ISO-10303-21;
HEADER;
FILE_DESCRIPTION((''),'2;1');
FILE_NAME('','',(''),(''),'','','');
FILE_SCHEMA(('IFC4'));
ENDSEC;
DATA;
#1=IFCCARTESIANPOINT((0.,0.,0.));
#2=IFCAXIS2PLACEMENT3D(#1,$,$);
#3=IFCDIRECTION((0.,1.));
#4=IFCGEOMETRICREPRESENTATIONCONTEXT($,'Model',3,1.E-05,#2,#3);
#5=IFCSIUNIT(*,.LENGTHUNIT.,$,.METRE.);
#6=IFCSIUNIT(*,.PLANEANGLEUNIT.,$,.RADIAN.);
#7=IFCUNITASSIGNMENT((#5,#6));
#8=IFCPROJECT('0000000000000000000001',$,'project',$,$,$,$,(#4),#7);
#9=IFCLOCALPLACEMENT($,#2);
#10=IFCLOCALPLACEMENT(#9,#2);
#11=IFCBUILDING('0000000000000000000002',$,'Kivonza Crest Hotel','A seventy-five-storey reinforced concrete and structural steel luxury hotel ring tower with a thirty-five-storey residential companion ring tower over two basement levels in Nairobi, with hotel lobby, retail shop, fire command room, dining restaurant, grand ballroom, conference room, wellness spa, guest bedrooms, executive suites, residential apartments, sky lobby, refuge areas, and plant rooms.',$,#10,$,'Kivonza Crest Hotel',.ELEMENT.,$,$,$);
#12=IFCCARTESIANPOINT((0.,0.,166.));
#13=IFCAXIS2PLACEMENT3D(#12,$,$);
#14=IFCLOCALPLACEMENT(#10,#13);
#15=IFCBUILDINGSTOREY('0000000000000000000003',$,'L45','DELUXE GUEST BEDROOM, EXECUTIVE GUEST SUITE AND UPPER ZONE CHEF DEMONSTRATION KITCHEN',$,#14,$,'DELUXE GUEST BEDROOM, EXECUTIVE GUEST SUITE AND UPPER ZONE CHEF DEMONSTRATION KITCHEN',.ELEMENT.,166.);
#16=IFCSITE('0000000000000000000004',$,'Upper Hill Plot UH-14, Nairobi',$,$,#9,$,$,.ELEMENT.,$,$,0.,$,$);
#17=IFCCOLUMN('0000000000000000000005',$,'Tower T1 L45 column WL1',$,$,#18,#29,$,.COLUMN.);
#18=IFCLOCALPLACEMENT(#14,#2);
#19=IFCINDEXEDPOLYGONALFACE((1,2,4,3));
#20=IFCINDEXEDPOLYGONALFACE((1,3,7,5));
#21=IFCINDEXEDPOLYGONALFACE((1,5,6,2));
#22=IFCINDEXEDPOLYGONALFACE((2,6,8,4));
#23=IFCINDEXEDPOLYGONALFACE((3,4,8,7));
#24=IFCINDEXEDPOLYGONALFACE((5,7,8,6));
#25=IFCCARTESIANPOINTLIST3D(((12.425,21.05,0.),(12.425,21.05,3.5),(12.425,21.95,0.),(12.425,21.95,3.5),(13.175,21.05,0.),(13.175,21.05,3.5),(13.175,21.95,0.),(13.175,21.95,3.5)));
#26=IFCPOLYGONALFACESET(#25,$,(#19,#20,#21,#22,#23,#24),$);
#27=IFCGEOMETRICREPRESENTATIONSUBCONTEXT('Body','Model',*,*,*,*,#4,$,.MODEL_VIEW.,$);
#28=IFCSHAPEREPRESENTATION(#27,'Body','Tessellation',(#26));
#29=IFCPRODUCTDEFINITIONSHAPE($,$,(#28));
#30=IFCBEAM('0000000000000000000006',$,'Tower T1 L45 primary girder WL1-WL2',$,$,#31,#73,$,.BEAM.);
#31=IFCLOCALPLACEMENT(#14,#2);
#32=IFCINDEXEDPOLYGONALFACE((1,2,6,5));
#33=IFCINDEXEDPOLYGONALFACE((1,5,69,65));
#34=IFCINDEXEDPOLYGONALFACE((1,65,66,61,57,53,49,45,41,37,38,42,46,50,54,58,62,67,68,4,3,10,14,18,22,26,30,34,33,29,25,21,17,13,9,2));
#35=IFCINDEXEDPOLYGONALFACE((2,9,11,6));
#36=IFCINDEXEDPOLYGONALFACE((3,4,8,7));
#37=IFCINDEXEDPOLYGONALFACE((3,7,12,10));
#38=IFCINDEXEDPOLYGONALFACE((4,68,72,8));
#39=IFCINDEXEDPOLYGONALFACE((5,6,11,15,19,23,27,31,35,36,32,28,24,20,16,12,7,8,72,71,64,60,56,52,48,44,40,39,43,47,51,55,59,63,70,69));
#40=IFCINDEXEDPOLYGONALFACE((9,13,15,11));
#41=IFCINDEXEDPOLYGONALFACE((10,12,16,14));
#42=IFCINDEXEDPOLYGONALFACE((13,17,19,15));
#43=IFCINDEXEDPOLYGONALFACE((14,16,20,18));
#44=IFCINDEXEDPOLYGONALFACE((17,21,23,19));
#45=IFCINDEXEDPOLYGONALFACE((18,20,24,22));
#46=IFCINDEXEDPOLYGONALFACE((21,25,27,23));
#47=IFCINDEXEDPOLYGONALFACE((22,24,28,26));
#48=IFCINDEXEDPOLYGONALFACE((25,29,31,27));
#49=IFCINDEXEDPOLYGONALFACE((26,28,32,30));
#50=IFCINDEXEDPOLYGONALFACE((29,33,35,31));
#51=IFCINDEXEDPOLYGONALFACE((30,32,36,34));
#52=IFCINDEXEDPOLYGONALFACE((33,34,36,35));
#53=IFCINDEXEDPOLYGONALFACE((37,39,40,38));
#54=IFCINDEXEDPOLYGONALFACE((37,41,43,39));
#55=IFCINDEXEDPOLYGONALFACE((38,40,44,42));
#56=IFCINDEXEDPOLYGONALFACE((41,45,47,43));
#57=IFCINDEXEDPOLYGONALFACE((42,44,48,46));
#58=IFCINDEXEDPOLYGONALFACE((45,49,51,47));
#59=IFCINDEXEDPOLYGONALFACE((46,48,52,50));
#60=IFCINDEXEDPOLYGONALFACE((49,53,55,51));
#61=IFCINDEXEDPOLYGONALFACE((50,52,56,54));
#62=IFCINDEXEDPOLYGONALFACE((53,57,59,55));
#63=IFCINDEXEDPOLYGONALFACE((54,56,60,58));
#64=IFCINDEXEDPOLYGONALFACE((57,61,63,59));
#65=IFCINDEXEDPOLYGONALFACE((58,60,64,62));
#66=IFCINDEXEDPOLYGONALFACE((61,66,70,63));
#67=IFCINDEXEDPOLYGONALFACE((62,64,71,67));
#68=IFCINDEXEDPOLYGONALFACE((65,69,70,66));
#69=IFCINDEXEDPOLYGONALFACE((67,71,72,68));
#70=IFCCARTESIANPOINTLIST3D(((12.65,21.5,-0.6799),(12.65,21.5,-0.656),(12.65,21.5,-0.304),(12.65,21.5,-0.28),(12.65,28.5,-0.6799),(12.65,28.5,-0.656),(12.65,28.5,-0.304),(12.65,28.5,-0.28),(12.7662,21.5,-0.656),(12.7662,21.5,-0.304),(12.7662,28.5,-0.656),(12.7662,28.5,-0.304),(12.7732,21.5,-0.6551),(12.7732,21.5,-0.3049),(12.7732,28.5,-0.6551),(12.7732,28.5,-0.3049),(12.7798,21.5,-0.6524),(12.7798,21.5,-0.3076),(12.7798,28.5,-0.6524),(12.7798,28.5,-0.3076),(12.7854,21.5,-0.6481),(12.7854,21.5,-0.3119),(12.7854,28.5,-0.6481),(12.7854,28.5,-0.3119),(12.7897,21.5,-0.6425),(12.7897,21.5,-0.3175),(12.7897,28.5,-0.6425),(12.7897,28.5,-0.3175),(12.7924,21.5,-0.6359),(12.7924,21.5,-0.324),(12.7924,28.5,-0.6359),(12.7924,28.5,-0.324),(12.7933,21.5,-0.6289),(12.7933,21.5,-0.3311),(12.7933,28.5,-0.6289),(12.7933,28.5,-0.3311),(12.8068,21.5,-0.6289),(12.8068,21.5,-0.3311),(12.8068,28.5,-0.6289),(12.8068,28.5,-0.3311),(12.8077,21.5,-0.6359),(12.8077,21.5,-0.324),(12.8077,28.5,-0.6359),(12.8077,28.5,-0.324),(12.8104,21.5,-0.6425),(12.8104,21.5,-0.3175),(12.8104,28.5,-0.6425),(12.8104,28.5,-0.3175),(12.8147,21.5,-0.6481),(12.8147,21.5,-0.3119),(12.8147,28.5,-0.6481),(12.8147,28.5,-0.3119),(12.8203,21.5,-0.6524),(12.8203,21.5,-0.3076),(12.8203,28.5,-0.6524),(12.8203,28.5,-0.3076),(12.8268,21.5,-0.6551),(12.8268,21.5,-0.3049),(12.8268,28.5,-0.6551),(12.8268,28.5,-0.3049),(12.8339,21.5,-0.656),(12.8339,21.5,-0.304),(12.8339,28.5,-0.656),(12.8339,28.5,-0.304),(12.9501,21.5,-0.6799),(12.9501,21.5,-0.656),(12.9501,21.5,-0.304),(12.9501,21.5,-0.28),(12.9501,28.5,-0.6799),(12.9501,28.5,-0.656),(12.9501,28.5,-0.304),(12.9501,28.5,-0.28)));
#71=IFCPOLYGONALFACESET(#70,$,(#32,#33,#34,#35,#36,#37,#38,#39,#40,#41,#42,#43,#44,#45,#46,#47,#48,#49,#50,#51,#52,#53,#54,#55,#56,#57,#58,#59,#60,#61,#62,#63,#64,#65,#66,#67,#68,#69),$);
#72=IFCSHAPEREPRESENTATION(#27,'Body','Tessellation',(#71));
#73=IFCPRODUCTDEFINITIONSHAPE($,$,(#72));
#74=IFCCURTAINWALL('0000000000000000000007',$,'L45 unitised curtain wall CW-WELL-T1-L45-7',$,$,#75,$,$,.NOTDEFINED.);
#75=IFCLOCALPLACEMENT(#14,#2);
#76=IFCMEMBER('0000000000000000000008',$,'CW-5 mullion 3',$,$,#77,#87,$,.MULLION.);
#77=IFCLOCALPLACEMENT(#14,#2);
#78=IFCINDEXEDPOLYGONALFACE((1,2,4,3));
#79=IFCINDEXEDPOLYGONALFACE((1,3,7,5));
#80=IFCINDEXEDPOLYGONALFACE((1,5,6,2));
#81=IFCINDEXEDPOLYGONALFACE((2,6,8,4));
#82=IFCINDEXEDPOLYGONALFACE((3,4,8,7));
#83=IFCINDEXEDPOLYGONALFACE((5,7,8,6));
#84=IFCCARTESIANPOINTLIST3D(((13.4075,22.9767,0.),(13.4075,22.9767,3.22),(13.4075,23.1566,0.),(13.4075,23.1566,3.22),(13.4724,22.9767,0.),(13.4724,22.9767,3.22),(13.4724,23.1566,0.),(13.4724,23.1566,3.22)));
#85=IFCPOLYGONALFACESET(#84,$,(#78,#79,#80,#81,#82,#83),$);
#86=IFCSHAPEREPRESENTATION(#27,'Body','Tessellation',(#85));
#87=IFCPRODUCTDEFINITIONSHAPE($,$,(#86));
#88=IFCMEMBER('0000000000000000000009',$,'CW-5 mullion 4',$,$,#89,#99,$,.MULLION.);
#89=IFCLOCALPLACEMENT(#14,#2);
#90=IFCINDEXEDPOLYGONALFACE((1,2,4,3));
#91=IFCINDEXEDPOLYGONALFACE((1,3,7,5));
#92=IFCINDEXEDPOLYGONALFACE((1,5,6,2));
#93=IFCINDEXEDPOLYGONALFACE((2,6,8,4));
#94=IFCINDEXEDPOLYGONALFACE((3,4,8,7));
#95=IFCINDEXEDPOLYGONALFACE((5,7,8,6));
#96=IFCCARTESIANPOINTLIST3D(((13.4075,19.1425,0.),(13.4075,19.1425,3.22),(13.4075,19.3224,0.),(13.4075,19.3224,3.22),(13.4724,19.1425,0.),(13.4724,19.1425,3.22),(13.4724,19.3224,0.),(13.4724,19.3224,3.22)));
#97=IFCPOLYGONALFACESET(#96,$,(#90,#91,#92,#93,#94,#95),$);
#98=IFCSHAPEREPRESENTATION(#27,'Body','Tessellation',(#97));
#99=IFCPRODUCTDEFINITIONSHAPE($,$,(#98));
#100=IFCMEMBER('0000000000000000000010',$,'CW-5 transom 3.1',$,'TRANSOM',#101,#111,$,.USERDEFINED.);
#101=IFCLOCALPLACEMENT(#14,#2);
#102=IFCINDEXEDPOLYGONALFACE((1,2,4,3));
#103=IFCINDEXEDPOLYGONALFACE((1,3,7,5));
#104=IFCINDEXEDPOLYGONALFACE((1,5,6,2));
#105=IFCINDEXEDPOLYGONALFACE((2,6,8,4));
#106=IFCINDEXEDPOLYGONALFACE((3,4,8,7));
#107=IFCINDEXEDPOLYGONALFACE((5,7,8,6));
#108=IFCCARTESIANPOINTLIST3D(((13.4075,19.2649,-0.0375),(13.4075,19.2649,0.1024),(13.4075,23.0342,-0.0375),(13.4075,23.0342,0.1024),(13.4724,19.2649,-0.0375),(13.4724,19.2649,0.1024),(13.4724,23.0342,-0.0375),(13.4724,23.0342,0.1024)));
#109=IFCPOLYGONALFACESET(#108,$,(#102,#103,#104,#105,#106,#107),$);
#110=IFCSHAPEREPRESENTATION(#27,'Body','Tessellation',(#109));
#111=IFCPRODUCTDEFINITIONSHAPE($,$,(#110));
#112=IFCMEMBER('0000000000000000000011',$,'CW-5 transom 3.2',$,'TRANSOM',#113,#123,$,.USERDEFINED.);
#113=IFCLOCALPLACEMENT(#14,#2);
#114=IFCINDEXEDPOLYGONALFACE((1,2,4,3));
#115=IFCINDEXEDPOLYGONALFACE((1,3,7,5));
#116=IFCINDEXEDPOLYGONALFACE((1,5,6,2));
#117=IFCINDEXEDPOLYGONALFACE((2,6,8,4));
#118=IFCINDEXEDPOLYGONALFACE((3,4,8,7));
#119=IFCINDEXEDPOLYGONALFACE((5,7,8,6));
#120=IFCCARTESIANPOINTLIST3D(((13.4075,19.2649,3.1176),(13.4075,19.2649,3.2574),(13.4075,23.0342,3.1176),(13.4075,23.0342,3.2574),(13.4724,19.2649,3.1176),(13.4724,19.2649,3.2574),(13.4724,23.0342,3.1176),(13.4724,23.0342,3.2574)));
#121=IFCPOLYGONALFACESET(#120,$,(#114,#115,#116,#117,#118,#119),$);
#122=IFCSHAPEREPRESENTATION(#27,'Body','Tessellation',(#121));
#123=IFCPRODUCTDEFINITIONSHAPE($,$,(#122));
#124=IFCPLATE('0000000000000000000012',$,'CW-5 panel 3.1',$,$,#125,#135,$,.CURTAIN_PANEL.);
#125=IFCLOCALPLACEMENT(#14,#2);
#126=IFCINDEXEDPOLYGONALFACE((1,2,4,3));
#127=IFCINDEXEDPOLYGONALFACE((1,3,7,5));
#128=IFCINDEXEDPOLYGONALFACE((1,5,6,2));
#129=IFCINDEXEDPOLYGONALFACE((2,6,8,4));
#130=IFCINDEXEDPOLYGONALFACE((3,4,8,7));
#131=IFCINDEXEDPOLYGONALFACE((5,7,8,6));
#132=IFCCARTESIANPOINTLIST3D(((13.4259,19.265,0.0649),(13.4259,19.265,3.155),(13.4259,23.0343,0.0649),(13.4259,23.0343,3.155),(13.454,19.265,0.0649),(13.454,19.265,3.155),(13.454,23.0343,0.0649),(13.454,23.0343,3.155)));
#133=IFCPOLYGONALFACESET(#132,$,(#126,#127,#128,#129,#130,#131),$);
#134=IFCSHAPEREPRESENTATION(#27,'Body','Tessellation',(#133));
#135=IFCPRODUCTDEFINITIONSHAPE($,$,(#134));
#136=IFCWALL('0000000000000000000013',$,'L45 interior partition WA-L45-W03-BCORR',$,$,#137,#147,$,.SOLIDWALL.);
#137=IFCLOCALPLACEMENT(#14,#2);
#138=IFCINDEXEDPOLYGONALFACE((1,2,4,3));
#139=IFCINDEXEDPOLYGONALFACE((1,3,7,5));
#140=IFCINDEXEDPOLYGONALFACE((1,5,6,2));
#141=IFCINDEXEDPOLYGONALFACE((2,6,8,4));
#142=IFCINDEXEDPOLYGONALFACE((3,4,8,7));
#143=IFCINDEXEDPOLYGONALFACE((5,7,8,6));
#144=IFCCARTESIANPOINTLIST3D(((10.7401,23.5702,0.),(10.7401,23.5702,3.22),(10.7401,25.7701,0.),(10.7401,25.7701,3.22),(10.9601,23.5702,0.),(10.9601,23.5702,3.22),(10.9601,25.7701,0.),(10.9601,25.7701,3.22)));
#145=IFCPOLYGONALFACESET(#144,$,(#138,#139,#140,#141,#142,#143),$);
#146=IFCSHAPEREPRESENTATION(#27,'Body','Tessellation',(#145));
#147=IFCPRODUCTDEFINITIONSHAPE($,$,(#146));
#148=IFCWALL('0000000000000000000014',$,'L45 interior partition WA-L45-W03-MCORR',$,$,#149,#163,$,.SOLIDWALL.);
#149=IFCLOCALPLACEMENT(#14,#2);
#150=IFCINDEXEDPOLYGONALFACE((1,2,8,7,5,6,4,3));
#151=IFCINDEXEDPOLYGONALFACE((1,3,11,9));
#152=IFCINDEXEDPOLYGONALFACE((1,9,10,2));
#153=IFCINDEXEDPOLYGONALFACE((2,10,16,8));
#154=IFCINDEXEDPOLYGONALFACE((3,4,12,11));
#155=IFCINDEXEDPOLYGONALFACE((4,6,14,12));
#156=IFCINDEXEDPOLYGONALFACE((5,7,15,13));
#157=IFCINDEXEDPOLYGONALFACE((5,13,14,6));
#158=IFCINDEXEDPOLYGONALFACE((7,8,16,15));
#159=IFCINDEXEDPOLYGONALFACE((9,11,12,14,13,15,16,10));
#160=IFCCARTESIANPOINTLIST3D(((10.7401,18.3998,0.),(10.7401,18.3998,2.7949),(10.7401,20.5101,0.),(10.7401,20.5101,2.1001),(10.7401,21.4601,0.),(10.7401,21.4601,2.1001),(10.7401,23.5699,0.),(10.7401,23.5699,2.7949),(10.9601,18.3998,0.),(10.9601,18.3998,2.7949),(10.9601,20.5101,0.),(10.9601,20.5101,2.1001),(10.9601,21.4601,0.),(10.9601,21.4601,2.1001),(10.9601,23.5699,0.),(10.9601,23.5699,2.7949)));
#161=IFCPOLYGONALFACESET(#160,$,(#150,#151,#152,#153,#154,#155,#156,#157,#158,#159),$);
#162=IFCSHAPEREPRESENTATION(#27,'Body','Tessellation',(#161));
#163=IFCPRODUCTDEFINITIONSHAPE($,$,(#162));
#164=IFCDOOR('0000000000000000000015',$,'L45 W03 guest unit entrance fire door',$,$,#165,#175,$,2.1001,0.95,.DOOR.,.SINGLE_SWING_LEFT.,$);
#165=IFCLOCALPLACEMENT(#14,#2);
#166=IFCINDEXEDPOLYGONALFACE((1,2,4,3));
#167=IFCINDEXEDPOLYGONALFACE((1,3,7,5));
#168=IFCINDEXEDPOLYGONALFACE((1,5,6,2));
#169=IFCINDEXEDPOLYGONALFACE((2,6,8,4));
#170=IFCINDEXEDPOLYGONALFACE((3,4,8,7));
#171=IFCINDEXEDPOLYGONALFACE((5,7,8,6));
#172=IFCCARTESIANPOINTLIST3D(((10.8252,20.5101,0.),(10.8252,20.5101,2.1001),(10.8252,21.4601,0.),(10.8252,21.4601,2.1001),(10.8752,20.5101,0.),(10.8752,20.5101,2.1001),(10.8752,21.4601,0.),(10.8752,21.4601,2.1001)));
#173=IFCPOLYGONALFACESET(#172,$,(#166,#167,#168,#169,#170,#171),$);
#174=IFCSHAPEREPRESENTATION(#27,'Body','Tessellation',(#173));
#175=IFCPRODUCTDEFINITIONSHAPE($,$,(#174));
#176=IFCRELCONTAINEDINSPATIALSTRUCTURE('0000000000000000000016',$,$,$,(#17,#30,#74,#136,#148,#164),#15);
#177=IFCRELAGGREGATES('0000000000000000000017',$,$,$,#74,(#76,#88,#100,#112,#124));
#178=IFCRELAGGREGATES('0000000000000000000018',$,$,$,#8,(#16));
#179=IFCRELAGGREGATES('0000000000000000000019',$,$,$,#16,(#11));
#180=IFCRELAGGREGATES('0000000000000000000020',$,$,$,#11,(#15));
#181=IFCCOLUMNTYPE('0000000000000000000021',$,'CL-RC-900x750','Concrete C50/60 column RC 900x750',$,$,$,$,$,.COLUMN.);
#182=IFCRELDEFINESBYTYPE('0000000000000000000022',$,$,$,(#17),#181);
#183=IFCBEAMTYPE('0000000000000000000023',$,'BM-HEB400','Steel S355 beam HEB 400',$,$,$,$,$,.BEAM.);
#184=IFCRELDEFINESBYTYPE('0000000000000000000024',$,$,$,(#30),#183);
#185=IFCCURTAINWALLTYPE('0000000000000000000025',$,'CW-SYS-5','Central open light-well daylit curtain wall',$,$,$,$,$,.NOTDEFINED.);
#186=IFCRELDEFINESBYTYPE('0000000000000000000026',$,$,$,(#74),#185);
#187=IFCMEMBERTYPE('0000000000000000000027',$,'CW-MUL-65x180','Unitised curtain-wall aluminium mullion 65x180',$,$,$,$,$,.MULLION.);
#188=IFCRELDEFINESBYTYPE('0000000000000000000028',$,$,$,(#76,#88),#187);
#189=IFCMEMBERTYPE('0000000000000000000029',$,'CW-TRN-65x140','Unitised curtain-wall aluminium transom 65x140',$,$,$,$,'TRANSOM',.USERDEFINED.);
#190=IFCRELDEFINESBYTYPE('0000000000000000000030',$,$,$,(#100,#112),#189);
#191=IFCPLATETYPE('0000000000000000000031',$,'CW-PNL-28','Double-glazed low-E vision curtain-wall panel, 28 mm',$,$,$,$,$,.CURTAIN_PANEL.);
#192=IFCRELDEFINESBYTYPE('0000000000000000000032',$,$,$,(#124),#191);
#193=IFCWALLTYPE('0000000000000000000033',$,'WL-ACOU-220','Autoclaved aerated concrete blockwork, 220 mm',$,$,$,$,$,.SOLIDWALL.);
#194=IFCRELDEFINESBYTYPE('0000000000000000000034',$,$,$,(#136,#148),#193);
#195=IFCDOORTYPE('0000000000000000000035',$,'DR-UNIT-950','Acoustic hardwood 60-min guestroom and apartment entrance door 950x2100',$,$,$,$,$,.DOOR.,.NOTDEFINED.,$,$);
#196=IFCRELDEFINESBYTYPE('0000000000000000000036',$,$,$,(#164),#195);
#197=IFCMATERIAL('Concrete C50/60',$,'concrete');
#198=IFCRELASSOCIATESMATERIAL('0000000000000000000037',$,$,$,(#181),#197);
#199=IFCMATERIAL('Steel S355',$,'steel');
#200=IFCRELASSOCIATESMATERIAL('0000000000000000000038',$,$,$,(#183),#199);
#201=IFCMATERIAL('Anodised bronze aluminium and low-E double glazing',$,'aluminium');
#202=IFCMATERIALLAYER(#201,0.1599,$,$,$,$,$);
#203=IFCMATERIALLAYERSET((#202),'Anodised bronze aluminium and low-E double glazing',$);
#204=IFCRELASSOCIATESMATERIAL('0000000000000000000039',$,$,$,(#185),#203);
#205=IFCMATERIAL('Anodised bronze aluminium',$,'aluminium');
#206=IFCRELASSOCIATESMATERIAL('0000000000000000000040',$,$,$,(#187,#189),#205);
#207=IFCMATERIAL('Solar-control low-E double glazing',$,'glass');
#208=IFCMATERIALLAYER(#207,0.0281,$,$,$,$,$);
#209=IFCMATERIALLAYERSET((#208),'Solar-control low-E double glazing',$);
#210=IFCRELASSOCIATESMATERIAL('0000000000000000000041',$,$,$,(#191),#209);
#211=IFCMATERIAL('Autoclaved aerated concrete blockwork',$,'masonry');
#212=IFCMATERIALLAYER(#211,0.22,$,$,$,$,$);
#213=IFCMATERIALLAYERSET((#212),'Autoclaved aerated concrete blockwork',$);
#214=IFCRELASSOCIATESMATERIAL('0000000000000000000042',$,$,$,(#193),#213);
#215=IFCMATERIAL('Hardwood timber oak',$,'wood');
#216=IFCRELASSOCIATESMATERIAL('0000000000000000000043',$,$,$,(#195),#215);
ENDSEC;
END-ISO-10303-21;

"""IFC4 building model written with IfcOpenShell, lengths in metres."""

from ifc_helpers import new_model, si_unit, direction, frame, frame_2d, origin, origin_2d, place, context, subcontext, project, spatial, rectangle, i_section, extrude, material, layer, layer_set, material_profile, profile_set, type_object, element, fill, aggregate, save


model = new_model("IFC4")

# Units and contexts
model_context = context("Model", 3, precision=1e-05, world=origin(), true_north=direction((0.0, 1.0)))
body_context = subcontext(model_context, "Body", "Model", "MODEL_VIEW")
ifc_project = project(units=[si_unit("LENGTHUNIT", "METRE"), si_unit("PLANEANGLEUNIT", "RADIAN")], contexts=[model_context])

# Site, building, storey
site_placement = place(None, origin())
site = spatial("IfcSite", under=ifc_project, at=site_placement, Name="Upper Hill Plot UH-14, Nairobi", CompositionType="ELEMENT", RefElevation=0.0)
building_placement = place(site_placement, origin())
building = spatial("IfcBuilding", under=site, at=building_placement, Name="Kivonza Crest Hotel", Description="A seventy-five-storey reinforced concrete and structural steel luxury hotel ring tower with a thirty-five-storey residential companion ring tower over two basement levels in Nairobi, with hotel lobby, retail shop, fire command room, dining restaurant, grand ballroom, conference room, wellness spa, guest bedrooms, executive suites, residential apartments, sky lobby, refuge areas, and plant rooms.", LongName="Kivonza Crest Hotel", CompositionType="ELEMENT")
storey_placement = place(building_placement, frame((0.0, 0.0, 166.0)))
storey = spatial("IfcBuildingStorey", under=building, at=storey_placement, Name="L45", Description="DELUXE GUEST BEDROOM, EXECUTIVE GUEST SUITE AND UPPER ZONE CHEF DEMONSTRATION KITCHEN", LongName="DELUXE GUEST BEDROOM, EXECUTIVE GUEST SUITE AND UPPER ZONE CHEF DEMONSTRATION KITCHEN", CompositionType="ELEMENT", Elevation=166.0)

# Column
ifc_material_1 = material(Name="Concrete C50/60", Category="concrete")
ifc_material_profile_1 = material_profile(ifc_material_1, rectangle(XDim=0.75, YDim=0.8999, at=origin_2d()), Name="RC 900x750")
ifc_profile_set_1 = profile_set([ifc_material_profile_1], Name="Concrete C50/60")
column_type = type_object("IfcColumnType", Name="CL-RC-900x750", Description="Concrete C50/60 column RC 900x750", PredefinedType="COLUMN", material=ifc_profile_set_1)
column_placement = place(storey_placement, frame((12.8, 21.5, 0.0), z_axis=(0.0, 0.0, 1.0), x_axis=(1.0, 0.0, 0.0)))
element("IfcColumn", 1, at=column_placement, inside=storey, type_object=column_type, Name="Tower T1 L45 column WL1", PredefinedType="COLUMN", context=body_context, shape_type="SweptSolid", body=[
    extrude(rectangle(XDim=0.75, YDim=0.8999, at=origin_2d()), origin(), (0.0, 0.0, 1.0), 3.5),
])

# Beam
ifc_material_2 = material(Name="Steel S355", Category="steel")
ifc_material_profile_2 = material_profile(ifc_material_2, i_section(OverallWidth=0.3, OverallDepth=0.3999, WebThickness=0.0134, FlangeThickness=0.0239, FilletRadius=0.0271, at=origin_2d()), Name="HEB 400")
ifc_profile_set_2 = profile_set([ifc_material_profile_2], Name="Steel S355")
beam_type = type_object("IfcBeamType", Name="BM-HEB400", Description="Steel S355 beam HEB 400", PredefinedType="BEAM", material=ifc_profile_set_2)
beam_placement = place(storey_placement, frame((12.8, 21.5, -0.48), z_axis=(0.0, 1.0, 0.0), x_axis=(-1.0, 0.0, 0.0)))
element("IfcBeam", 2, at=beam_placement, inside=storey, type_object=beam_type, Name="Tower T1 L45 primary girder WL1-WL2", PredefinedType="BEAM", context=body_context, shape_type="SweptSolid", body=[
    extrude(i_section(OverallWidth=0.3, OverallDepth=0.3999, WebThickness=0.0134, FlangeThickness=0.0239, FilletRadius=0.0271, at=origin_2d()), origin(), (0.0, 0.0, 1.0), 7.0),
])

# Curtain wall, members, plate
ifc_material_3 = material(Name="Anodised bronze aluminium and low-E double glazing", Category="aluminium")
ifc_layer_1 = layer(ifc_material_3, 0.1599)
ifc_layer_set_1 = layer_set([ifc_layer_1], Name="Anodised bronze aluminium and low-E double glazing")
curtain_wall_type = type_object("IfcCurtainWallType", Name="CW-SYS-5", Description="Central open light-well daylit curtain wall", PredefinedType="NOTDEFINED", material=ifc_layer_set_1)
curtain_wall_placement = place(storey_placement, origin())
curtain_wall = element("IfcCurtainWall", 3, at=curtain_wall_placement, inside=storey, type_object=curtain_wall_type, Name="L45 unitised curtain wall CW-WELL-T1-L45-7", PredefinedType="NOTDEFINED")
ifc_material_4 = material(Name="Anodised bronze aluminium", Category="aluminium")
ifc_material_profile_3 = material_profile(ifc_material_4, rectangle(XDim=0.0649, YDim=0.1799, at=origin_2d()), Name="CW-M 65x180")
ifc_profile_set_3 = profile_set([ifc_material_profile_3], Name="Anodised bronze aluminium")
member_type_1 = type_object("IfcMemberType", Name="CW-MUL-65x180", Description="Unitised curtain-wall aluminium mullion 65x180", PredefinedType="MULLION", material=ifc_profile_set_3)
member_1_placement = place(storey_placement, frame((13.4399, 23.0667, 0.0), z_axis=(0.0, 0.0, 1.0), x_axis=(1.0, 0.0, 0.0)))
member_1 = element("IfcMember", 4, at=member_1_placement, type_object=member_type_1, Name="CW-5 mullion 3", PredefinedType="MULLION", context=body_context, shape_type="SweptSolid", body=[
    extrude(rectangle(XDim=0.0649, YDim=0.1799, at=origin_2d()), origin(), (0.0, 0.0, 1.0), 3.22),
])
member_2_placement = place(storey_placement, frame((13.4399, 19.2324, 0.0), z_axis=(0.0, 0.0, 1.0), x_axis=(1.0, 0.0, 0.0)))
member_2 = element("IfcMember", 5, at=member_2_placement, type_object=member_type_1, Name="CW-5 mullion 4", PredefinedType="MULLION", context=body_context, shape_type="SweptSolid", body=[
    extrude(rectangle(XDim=0.0649, YDim=0.1799, at=origin_2d()), origin(), (0.0, 0.0, 1.0), 3.22),
])
ifc_material_profile_4 = material_profile(ifc_material_4, rectangle(XDim=0.0649, YDim=0.1399, at=origin_2d()), Name="CW-T 65x140")
ifc_profile_set_4 = profile_set([ifc_material_profile_4], Name="Anodised bronze aluminium")
member_type_2 = type_object("IfcMemberType", Name="CW-TRN-65x140", Description="Unitised curtain-wall aluminium transom 65x140", ElementType="TRANSOM", PredefinedType="USERDEFINED", material=ifc_profile_set_4)
member_3_placement = place(storey_placement, frame((13.4399, 23.0342, 0.0325), z_axis=(0.0, -1.0, 0.0), x_axis=(1.0, 0.0, 0.0)))
member_3 = element("IfcMember", 6, at=member_3_placement, type_object=member_type_2, Name="CW-5 transom 3.1", ObjectType="TRANSOM", PredefinedType="USERDEFINED", context=body_context, shape_type="SweptSolid", body=[
    extrude(rectangle(XDim=0.0649, YDim=0.1399, at=origin_2d()), origin(), (0.0, 0.0, 1.0), 3.7693),
])
member_4_placement = place(storey_placement, frame((13.4399, 23.0342, 3.1875), z_axis=(0.0, -1.0, 0.0), x_axis=(1.0, 0.0, 0.0)))
member_4 = element("IfcMember", 7, at=member_4_placement, type_object=member_type_2, Name="CW-5 transom 3.2", ObjectType="TRANSOM", PredefinedType="USERDEFINED", context=body_context, shape_type="SweptSolid", body=[
    extrude(rectangle(XDim=0.0649, YDim=0.1399, at=origin_2d()), origin(), (0.0, 0.0, 1.0), 3.7693),
])
ifc_material_5 = material(Name="Solar-control low-E double glazing", Category="glass")
ifc_layer_2 = layer(ifc_material_5, 0.0281)
ifc_layer_set_2 = layer_set([ifc_layer_2], Name="Solar-control low-E double glazing")
plate_type = type_object("IfcPlateType", Name="CW-PNL-28", Description="Double-glazed low-E vision curtain-wall panel, 28 mm", PredefinedType="CURTAIN_PANEL", material=ifc_layer_set_2)
plate_placement = place(storey_placement, frame((13.4399, 21.1497, 0.0649), z_axis=(0.0, 0.0, 1.0), x_axis=(0.0, -1.0, 0.0)))
plate = element("IfcPlate", 8, at=plate_placement, type_object=plate_type, Name="CW-5 panel 3.1", PredefinedType="CURTAIN_PANEL", context=body_context, shape_type="SweptSolid", body=[
    extrude(rectangle(XDim=3.7693, YDim=0.0281, at=origin_2d()), origin(), (0.0, 0.0, 1.0), 3.0901),
])
aggregate(curtain_wall, [member_1, member_2, member_3, member_4, plate])

# Wall
ifc_material_6 = material(Name="Autoclaved aerated concrete blockwork", Category="masonry")
ifc_layer_3 = layer(ifc_material_6, 0.22)
ifc_layer_set_3 = layer_set([ifc_layer_3], Name="Autoclaved aerated concrete blockwork")
wall_type_1 = type_object("IfcWallType", Name="WL-ACOU-220", Description="Autoclaved aerated concrete blockwork, 220 mm", PredefinedType="SOLIDWALL", material=ifc_layer_set_3)
wall_1_placement = place(storey_placement, frame((10.8501, 23.5701, 0.0), z_axis=(0.0, 0.0, 1.0), x_axis=(0.0, 1.0, 0.0)))
element("IfcWall", 9, at=wall_1_placement, inside=storey, type_object=wall_type_1, Name="L45 interior partition WA-L45-W03-BCORR", PredefinedType="SOLIDWALL", context=body_context, shape_type="SweptSolid", body=[
    extrude(rectangle(XDim=2.2, YDim=0.22, at=frame_2d((1.1001, 0.0))), origin(), (0.0, 0.0, 1.0), 3.22),
])

# Wall, opening, door
wall_2_placement = place(storey_placement, frame((10.8501, 18.3999, 0.0), z_axis=(0.0, 0.0, 1.0), x_axis=(0.0, 1.0, 0.0)))
wall_2 = element("IfcWall", 10, at=wall_2_placement, inside=storey, type_object=wall_type_1, Name="L45 interior partition WA-L45-W03-MCORR", PredefinedType="SOLIDWALL", context=body_context, shape_type="SweptSolid", body=[
    extrude(rectangle(XDim=5.1702, YDim=0.22, at=frame_2d((2.585, 0.0))), origin(), (0.0, 0.0, 1.0), 2.7949),
])
opening_1_placement = place(wall_2_placement, frame((2.1101, 0.0, 0.0)))
opening_1 = element("IfcOpeningElement", 11, at=opening_1_placement, cuts=wall_2, PredefinedType="OPENING", context=body_context, shape_type="SweptSolid", body=[
    extrude(rectangle(XDim=0.95, YDim=2.1001, at=frame_2d((0.4751, 1.05))), frame((0.0, 0.1201, 0.0), z_axis=(0.0, -1.0, 0.0), x_axis=(1.0, 0.0, 0.0)), (0.0, 0.0, 1.0), 0.24),
])
ifc_material_7 = material(Name="Hardwood timber oak", Category="wood")
door_type_1 = type_object("IfcDoorType", Name="DR-UNIT-950", Description="Acoustic hardwood 60-min guestroom and apartment entrance door 950x2100", OperationType="NOTDEFINED", PredefinedType="DOOR", material=ifc_material_7)
door_1_placement = place(opening_1_placement, origin())
door_1 = element("IfcDoor", 12, at=door_1_placement, inside=storey, type_object=door_type_1, Name="L45 W03 guest unit entrance fire door", OperationType="SINGLE_SWING_LEFT", OverallHeight=2.1001, OverallWidth=0.95, PredefinedType="DOOR", context=body_context, shape_type="SweptSolid", body=[
    extrude(rectangle(XDim=0.95, YDim=2.1001, at=frame_2d((0.4751, 1.05))), frame((0.0, 0.0249, 0.0), z_axis=(0.0, -1.0, 0.0), x_axis=(1.0, 0.0, 0.0)), (0.0, 0.0, 1.0), 0.05),
])
fill(opening_1, door_1)

save(model, "model.ifc")
